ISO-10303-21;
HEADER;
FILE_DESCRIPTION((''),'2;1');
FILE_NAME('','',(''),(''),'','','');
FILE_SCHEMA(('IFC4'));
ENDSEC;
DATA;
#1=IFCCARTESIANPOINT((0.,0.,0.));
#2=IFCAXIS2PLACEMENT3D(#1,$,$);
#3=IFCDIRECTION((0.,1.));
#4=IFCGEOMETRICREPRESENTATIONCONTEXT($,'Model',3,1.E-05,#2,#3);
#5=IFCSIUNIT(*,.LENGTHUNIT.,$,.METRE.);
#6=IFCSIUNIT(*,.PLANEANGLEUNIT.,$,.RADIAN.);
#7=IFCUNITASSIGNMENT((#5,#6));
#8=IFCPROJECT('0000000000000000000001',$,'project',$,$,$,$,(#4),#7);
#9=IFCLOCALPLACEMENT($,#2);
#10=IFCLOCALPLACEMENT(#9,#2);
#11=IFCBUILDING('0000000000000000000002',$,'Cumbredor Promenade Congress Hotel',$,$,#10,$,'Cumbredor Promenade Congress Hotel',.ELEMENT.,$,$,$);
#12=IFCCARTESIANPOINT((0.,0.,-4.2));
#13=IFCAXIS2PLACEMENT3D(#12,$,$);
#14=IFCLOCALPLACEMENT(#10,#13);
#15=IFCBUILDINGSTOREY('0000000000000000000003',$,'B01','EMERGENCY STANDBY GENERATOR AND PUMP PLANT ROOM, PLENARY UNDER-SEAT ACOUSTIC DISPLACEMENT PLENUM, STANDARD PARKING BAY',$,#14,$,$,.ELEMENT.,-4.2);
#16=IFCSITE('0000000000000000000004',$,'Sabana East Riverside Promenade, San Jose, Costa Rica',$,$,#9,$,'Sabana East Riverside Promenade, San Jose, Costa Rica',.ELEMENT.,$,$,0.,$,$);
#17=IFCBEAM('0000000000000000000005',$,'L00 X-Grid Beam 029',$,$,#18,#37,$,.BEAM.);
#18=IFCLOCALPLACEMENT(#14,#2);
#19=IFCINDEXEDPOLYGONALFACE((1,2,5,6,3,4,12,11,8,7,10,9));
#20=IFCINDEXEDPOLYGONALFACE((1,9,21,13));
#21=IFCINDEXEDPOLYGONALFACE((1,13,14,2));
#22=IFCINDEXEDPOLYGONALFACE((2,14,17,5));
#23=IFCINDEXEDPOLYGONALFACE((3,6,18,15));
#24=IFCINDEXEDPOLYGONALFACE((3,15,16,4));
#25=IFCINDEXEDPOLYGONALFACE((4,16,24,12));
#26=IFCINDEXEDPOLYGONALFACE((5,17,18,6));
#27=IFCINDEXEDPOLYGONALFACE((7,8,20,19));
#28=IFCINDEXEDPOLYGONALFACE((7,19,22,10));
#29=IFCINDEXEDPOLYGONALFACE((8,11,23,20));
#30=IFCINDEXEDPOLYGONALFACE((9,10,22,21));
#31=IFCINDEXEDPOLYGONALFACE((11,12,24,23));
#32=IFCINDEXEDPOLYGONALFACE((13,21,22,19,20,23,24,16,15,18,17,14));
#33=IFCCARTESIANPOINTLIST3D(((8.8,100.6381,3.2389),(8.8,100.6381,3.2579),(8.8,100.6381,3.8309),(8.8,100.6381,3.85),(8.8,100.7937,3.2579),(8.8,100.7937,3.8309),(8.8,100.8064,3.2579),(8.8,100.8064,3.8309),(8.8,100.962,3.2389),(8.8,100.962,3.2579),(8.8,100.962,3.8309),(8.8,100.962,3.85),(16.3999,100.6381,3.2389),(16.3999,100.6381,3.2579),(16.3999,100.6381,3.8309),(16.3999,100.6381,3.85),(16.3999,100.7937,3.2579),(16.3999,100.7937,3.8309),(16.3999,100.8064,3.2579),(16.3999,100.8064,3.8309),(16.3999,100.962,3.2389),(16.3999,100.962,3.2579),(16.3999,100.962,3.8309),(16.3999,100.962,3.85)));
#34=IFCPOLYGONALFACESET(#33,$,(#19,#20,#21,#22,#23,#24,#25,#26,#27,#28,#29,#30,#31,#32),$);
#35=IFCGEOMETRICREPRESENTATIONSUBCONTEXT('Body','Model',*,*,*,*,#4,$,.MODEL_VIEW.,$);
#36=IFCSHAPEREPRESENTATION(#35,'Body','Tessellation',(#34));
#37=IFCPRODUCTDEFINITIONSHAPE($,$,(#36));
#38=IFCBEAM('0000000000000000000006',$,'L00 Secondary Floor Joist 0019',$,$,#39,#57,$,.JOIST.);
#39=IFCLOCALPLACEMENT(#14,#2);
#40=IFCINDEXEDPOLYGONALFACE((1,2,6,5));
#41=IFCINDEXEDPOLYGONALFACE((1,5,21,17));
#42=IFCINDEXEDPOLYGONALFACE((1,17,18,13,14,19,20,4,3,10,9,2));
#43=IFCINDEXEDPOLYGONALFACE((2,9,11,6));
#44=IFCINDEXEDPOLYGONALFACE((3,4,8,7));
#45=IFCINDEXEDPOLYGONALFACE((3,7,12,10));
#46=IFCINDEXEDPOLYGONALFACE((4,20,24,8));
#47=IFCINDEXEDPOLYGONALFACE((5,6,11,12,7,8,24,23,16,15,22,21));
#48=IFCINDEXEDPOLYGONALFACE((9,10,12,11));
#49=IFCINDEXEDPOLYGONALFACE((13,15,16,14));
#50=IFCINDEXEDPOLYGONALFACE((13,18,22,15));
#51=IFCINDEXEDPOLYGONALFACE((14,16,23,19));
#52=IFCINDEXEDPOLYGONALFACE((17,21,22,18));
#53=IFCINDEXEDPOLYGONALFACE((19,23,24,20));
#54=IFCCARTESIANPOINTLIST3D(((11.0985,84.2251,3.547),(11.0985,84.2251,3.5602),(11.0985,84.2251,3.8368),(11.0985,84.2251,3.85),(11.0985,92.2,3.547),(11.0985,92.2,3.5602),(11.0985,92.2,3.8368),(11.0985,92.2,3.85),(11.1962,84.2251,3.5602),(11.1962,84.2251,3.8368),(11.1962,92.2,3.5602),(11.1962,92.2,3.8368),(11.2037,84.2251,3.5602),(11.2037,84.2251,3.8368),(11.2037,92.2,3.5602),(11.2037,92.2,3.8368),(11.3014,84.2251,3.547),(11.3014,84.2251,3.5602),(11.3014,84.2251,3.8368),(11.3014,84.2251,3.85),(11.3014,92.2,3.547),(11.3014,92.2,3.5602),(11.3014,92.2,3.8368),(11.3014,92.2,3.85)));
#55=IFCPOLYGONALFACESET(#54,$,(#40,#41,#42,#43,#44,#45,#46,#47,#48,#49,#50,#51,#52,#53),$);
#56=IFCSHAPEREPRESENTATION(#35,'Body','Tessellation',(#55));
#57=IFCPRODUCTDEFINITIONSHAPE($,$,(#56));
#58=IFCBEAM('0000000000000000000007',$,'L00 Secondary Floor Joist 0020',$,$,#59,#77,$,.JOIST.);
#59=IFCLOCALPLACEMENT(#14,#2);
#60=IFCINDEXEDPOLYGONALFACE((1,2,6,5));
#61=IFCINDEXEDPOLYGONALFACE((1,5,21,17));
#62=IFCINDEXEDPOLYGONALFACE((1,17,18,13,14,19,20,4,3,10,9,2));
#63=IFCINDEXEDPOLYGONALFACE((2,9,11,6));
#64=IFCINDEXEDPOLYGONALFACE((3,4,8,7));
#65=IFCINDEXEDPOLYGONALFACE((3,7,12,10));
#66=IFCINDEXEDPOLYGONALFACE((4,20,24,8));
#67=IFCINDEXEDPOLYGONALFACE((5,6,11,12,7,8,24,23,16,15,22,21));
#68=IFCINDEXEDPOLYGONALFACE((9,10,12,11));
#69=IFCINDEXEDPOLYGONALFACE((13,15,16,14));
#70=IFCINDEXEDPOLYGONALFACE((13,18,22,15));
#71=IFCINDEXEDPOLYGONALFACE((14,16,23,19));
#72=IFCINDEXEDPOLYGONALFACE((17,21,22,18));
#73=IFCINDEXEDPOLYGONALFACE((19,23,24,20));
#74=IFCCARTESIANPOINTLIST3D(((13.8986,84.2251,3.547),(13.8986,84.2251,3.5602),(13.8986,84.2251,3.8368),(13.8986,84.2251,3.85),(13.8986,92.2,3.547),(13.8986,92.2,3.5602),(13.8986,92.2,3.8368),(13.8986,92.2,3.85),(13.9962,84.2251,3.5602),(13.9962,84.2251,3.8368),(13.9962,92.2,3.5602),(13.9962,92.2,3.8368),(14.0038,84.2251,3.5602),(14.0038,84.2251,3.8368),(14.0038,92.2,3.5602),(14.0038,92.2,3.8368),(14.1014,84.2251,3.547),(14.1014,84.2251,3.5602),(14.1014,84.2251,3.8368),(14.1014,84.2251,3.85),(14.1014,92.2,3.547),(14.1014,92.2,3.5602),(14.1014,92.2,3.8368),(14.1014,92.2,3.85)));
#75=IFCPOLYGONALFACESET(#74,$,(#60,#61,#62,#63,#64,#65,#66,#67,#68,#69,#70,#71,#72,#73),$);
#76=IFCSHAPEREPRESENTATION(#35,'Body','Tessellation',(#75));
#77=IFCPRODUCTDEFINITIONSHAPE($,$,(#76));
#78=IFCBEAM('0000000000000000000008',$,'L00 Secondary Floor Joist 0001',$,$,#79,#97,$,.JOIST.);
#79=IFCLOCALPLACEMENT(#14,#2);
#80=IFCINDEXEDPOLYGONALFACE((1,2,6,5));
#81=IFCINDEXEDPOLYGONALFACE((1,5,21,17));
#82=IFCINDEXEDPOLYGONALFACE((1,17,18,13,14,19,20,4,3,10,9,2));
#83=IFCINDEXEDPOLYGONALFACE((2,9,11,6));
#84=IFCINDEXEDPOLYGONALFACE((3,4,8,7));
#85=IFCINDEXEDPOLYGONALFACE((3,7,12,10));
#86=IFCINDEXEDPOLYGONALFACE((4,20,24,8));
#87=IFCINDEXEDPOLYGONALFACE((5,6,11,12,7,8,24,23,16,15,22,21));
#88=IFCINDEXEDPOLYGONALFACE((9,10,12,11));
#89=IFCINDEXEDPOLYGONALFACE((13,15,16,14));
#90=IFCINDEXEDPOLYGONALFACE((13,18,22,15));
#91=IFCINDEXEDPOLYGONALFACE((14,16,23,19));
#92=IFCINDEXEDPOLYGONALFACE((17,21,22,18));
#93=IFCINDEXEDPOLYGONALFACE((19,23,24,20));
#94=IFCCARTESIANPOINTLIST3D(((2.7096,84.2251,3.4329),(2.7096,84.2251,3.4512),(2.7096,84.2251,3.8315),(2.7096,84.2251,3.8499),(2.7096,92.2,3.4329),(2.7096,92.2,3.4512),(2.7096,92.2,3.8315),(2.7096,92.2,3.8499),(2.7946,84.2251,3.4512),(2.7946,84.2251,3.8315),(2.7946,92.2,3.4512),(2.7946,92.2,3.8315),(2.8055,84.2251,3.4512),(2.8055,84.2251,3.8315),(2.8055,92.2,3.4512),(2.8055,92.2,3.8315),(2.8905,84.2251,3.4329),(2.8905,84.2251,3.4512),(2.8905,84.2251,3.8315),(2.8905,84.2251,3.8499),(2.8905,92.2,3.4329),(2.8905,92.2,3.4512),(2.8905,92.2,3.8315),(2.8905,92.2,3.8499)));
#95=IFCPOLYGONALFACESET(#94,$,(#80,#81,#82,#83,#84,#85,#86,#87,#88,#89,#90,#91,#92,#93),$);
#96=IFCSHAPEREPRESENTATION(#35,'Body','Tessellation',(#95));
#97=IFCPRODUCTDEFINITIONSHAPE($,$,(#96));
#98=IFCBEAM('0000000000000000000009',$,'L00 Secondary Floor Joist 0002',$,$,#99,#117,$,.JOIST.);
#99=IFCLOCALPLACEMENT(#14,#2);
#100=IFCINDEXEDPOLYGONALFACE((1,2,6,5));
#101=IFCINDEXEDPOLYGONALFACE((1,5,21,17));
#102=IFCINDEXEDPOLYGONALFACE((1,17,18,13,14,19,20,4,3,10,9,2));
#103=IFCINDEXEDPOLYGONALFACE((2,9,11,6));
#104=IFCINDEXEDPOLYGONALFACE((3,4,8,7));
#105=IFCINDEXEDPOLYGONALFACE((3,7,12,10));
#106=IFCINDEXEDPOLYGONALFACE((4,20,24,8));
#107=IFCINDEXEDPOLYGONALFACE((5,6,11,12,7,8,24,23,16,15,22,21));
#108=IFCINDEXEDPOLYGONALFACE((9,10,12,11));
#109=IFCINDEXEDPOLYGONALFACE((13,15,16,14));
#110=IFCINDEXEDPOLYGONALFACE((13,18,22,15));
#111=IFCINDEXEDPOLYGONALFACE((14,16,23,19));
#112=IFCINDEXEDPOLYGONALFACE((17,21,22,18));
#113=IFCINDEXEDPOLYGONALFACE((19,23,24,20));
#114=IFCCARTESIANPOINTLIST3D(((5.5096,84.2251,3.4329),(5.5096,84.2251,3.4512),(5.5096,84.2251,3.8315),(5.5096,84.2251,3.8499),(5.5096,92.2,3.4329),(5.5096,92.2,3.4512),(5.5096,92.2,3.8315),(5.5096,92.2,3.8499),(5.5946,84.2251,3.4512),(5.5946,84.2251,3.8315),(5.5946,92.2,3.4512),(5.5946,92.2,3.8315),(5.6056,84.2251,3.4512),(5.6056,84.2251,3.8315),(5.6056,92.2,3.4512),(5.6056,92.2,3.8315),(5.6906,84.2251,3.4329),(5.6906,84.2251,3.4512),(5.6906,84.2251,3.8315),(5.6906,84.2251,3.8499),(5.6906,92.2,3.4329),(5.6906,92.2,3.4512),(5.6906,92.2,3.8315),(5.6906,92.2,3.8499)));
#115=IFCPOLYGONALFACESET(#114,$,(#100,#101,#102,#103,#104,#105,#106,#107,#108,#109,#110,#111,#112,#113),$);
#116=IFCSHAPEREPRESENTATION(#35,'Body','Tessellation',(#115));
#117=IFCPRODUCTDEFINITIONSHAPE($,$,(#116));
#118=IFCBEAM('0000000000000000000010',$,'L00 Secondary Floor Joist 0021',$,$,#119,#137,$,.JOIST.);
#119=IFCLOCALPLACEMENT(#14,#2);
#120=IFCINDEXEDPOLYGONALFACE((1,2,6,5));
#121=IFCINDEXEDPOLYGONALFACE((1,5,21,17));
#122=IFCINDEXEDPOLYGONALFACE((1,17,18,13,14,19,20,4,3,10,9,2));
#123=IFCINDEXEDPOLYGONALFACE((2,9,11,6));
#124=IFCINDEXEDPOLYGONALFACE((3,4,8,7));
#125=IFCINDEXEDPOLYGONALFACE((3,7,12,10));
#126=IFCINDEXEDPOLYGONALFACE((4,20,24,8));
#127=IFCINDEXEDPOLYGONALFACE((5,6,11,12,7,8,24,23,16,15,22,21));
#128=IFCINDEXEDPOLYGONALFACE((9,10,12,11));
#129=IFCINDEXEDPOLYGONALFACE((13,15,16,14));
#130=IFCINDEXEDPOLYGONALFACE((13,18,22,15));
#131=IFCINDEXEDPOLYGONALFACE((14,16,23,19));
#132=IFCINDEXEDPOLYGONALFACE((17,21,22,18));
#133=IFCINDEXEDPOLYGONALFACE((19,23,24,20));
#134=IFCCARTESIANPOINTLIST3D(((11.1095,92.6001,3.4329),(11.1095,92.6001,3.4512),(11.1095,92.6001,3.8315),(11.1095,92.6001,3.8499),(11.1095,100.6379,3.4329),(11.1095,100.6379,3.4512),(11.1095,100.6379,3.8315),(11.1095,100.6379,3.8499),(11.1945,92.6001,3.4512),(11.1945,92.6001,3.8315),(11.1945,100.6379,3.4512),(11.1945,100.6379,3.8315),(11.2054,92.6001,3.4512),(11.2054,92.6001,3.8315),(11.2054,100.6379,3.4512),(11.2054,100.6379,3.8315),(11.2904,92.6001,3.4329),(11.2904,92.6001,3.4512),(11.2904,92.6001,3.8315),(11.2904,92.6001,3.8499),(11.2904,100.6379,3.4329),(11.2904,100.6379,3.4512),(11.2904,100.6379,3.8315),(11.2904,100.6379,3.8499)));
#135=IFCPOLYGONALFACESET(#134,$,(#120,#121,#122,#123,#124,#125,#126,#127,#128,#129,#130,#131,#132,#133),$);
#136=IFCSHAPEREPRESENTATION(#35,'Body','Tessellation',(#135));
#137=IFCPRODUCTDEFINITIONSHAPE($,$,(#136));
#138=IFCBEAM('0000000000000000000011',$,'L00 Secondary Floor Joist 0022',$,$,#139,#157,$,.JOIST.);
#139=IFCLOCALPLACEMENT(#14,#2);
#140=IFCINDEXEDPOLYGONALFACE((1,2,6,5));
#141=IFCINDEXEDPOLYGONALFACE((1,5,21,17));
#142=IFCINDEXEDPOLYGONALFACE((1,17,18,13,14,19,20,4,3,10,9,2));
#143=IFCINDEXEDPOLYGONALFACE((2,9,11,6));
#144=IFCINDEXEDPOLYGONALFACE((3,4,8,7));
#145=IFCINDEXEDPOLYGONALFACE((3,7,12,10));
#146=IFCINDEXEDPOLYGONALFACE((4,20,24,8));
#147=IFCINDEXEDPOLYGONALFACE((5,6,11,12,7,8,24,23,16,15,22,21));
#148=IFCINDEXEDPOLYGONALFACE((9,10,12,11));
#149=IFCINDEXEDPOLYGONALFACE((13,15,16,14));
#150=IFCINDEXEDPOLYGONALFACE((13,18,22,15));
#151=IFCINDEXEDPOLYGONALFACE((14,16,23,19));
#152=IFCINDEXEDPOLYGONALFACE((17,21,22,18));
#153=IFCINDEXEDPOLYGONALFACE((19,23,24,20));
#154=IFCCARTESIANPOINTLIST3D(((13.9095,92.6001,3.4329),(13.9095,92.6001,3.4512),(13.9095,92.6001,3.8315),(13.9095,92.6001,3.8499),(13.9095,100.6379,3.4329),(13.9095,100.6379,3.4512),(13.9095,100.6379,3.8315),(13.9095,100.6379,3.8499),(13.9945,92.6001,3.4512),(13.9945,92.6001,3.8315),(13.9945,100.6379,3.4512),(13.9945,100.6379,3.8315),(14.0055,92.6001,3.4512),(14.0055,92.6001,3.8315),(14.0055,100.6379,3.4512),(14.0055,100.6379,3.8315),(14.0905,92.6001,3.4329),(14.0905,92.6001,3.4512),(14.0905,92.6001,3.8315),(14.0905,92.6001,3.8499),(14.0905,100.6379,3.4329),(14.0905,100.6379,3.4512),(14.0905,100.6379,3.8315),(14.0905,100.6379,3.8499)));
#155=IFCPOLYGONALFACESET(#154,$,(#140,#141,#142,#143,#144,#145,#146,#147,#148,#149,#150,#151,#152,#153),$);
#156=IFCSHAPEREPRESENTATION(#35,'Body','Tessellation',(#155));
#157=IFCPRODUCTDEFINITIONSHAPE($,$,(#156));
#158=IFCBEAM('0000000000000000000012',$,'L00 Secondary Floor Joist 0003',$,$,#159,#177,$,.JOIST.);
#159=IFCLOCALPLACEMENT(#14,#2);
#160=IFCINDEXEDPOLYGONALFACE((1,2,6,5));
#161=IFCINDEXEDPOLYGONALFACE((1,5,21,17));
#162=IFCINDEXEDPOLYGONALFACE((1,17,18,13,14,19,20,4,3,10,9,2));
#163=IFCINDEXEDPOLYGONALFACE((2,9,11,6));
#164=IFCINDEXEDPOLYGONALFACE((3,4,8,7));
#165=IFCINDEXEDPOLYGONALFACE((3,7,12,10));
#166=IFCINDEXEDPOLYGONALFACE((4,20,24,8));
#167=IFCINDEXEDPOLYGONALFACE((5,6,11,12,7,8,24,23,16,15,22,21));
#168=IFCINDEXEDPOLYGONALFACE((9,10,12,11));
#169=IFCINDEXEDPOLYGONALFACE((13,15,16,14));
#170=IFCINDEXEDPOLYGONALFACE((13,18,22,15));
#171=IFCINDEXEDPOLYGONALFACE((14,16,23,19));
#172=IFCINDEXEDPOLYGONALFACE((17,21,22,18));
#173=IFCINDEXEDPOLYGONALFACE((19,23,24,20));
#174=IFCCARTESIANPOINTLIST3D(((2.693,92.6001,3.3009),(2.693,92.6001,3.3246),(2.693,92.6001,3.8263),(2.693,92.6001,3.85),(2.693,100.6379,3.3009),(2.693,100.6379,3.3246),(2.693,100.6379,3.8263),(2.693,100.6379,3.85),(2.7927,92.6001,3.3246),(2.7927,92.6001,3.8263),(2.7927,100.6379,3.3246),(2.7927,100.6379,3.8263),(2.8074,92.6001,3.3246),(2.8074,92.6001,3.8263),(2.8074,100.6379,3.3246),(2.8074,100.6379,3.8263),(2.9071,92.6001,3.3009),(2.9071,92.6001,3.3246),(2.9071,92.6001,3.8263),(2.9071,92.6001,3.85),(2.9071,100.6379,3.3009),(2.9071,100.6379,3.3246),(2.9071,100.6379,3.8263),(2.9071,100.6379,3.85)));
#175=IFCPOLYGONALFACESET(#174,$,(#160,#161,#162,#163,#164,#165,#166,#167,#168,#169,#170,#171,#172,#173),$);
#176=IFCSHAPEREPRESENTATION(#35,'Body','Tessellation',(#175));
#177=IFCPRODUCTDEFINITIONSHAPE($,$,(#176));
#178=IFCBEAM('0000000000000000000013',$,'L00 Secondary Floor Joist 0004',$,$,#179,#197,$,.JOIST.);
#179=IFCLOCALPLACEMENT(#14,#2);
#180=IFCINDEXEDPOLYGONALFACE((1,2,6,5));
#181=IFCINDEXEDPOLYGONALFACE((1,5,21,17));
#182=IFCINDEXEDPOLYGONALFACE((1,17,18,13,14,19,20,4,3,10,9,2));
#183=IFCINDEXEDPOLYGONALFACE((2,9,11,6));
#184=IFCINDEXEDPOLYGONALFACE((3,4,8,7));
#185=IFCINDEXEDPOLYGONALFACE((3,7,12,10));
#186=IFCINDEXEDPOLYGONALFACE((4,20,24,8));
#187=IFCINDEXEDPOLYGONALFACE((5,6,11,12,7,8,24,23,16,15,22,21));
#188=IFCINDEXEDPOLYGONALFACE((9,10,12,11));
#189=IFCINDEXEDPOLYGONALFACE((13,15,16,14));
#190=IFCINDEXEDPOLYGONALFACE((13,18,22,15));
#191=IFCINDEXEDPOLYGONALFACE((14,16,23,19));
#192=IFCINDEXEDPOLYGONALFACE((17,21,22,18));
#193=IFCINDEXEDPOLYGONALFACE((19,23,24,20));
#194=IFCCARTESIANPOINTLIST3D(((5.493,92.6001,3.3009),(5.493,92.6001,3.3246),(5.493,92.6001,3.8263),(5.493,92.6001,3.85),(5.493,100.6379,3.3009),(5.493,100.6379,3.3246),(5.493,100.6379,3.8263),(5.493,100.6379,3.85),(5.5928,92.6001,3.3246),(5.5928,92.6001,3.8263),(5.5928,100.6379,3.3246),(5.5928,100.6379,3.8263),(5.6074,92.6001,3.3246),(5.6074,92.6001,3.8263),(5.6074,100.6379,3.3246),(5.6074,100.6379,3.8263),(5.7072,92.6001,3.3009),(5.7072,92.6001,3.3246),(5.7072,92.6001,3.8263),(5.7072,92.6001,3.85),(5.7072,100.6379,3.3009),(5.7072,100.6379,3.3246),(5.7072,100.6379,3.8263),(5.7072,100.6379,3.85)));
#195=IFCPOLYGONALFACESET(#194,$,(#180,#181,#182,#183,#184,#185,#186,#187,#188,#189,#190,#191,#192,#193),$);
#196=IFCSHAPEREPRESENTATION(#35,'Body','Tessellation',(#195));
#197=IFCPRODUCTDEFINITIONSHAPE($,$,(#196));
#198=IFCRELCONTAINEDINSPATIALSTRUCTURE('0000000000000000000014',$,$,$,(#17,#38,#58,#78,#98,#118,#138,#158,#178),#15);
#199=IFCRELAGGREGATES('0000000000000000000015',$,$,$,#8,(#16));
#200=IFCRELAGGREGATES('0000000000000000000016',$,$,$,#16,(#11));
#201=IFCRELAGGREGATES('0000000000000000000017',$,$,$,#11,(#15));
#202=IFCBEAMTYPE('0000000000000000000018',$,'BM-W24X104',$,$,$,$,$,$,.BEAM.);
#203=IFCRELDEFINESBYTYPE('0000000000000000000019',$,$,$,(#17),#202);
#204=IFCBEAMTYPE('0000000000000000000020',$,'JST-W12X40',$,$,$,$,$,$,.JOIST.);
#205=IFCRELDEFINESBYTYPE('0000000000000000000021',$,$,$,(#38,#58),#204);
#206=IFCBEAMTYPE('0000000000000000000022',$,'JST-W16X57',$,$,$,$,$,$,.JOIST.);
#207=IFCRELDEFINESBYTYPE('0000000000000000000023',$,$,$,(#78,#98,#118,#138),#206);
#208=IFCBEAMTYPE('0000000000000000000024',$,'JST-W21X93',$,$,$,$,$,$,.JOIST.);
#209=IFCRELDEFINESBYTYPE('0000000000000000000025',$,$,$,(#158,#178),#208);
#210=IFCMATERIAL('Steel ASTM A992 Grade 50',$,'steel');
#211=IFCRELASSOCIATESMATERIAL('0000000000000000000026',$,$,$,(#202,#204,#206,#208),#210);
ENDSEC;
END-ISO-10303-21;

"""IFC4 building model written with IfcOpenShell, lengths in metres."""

from ifc_helpers import new_model, si_unit, direction, frame, origin, origin_2d, place, context, subcontext, project, spatial, i_section, extrude, material, material_profile, profile_set, type_object, element, save


model = new_model("IFC4")

# Units and contexts
model_context = context("Model", 3, precision=1e-05, world=origin(), true_north=direction((0.0, 1.0)))
body_context = subcontext(model_context, "Body", "Model", "MODEL_VIEW")
ifc_project = project(units=[si_unit("LENGTHUNIT", "METRE"), si_unit("PLANEANGLEUNIT", "RADIAN")], contexts=[model_context])

# Site, building, storey
site_placement = place(None, origin())
site = spatial("IfcSite", under=ifc_project, at=site_placement, Name="Sabana East Riverside Promenade, San Jose, Costa Rica", LongName="Sabana East Riverside Promenade, San Jose, Costa Rica", CompositionType="ELEMENT", RefElevation=0.0)
building_placement = place(site_placement, origin())
building = spatial("IfcBuilding", under=site, at=building_placement, Name="Cumbredor Promenade Congress Hotel", LongName="Cumbredor Promenade Congress Hotel", CompositionType="ELEMENT")
storey_placement = place(building_placement, frame((0.0, 0.0, -4.2)))
storey = spatial("IfcBuildingStorey", under=building, at=storey_placement, Name="B01", Description="EMERGENCY STANDBY GENERATOR AND PUMP PLANT ROOM, PLENARY UNDER-SEAT ACOUSTIC DISPLACEMENT PLENUM, STANDARD PARKING BAY", CompositionType="ELEMENT", Elevation=-4.2)

# Beams
ifc_material_1 = material(Name="Steel ASTM A992 Grade 50", Category="steel")
ifc_material_profile_1 = material_profile(ifc_material_1, i_section(OverallWidth=0.324, OverallDepth=0.6111, WebThickness=0.0127, FlangeThickness=0.019, at=origin_2d()), Name="W24X104")
ifc_profile_set_1 = profile_set([ifc_material_profile_1], Name="Steel ASTM A992 Grade 50")
beam_type_1 = type_object("IfcBeamType", Name="BM-W24X104", PredefinedType="BEAM", material=ifc_profile_set_1)
beam_1_placement = place(storey_placement, frame((8.8, 100.8, 3.5444), z_axis=(1.0, 0.0, 0.0), x_axis=(0.0, 1.0, 0.0)))
element("IfcBeam", 1, at=beam_1_placement, inside=storey, type_object=beam_type_1, Name="L00 X-Grid Beam 029", PredefinedType="BEAM", context=body_context, shape_type="SweptSolid", body=[
    extrude(i_section(OverallWidth=0.324, OverallDepth=0.6111, WebThickness=0.0127, FlangeThickness=0.019, at=origin_2d()), origin(), (0.0, 0.0, 1.0), 7.5999),
])
ifc_material_profile_2 = material_profile(ifc_material_1, i_section(OverallWidth=0.2029, OverallDepth=0.303, WebThickness=0.0076, FlangeThickness=0.0132, at=origin_2d()), Name="W12X40")
ifc_profile_set_2 = profile_set([ifc_material_profile_2], Name="Steel ASTM A992 Grade 50")
beam_type_2 = type_object("IfcBeamType", Name="JST-W12X40", PredefinedType="JOIST", material=ifc_profile_set_2)
for number, where, z_axis, x_axis, name in (
    (2, (11.2, 84.2251, 3.6985), (0.0, 1.0, 0.0), (-1.0, 0.0, 0.0), "L00 Secondary Floor Joist 0019"),
    (3, (14.0, 84.2251, 3.6985), (0.0, 1.0, 0.0), (-1.0, 0.0, 0.0), "L00 Secondary Floor Joist 0020"),
):
    element("IfcBeam", number, at=place(storey_placement, frame(where, z_axis=z_axis, x_axis=x_axis)), inside=storey, type_object=beam_type_2, Name=name, PredefinedType="JOIST", context=body_context, shape_type="SweptSolid", body=[
        extrude(i_section(OverallWidth=0.2029, OverallDepth=0.303, WebThickness=0.0076, FlangeThickness=0.0132, at=origin_2d()), origin(), (0.0, 0.0, 1.0), 7.9749),
    ])
ifc_material_profile_3 = material_profile(ifc_material_1, i_section(OverallWidth=0.1809, OverallDepth=0.417, WebThickness=0.011, FlangeThickness=0.0183, at=origin_2d()), Name="W16X57")
ifc_profile_set_3 = profile_set([ifc_material_profile_3], Name="Steel ASTM A992 Grade 50")
beam_type_3 = type_object("IfcBeamType", Name="JST-W16X57", PredefinedType="JOIST", material=ifc_profile_set_3)
for number, where, z_axis, x_axis, name in (
    (4, (2.8, 84.2251, 3.6414), (0.0, 1.0, 0.0), (-1.0, 0.0, 0.0), "L00 Secondary Floor Joist 0001"),
    (5, (5.6001, 84.2251, 3.6414), (0.0, 1.0, 0.0), (-1.0, 0.0, 0.0), "L00 Secondary Floor Joist 0002"),
):
    element("IfcBeam", number, at=place(storey_placement, frame(where, z_axis=z_axis, x_axis=x_axis)), inside=storey, type_object=beam_type_3, Name=name, PredefinedType="JOIST", context=body_context, shape_type="SweptSolid", body=[
        extrude(i_section(OverallWidth=0.1809, OverallDepth=0.417, WebThickness=0.011, FlangeThickness=0.0183, at=origin_2d()), origin(), (0.0, 0.0, 1.0), 7.9749),
    ])
for number, where, z_axis, x_axis, name in (
    (6, (11.2, 92.6001, 3.6414), (0.0, 1.0, 0.0), (-1.0, 0.0, 0.0), "L00 Secondary Floor Joist 0021"),
    (7, (14.0, 92.6001, 3.6414), (0.0, 1.0, 0.0), (-1.0, 0.0, 0.0), "L00 Secondary Floor Joist 0022"),
):
    element("IfcBeam", number, at=place(storey_placement, frame(where, z_axis=z_axis, x_axis=x_axis)), inside=storey, type_object=beam_type_3, Name=name, PredefinedType="JOIST", context=body_context, shape_type="SweptSolid", body=[
        extrude(i_section(OverallWidth=0.1809, OverallDepth=0.417, WebThickness=0.011, FlangeThickness=0.0183, at=origin_2d()), origin(), (0.0, 0.0, 1.0), 8.0378),
    ])
ifc_material_profile_4 = material_profile(ifc_material_1, i_section(OverallWidth=0.2141, OverallDepth=0.5491, WebThickness=0.0146, FlangeThickness=0.0237, at=origin_2d()), Name="W21X93")
ifc_profile_set_4 = profile_set([ifc_material_profile_4], Name="Steel ASTM A992 Grade 50")
beam_type_4 = type_object("IfcBeamType", Name="JST-W21X93", PredefinedType="JOIST", material=ifc_profile_set_4)
for number, where, z_axis, x_axis, name in (
    (8, (2.8, 92.6001, 3.5754), (0.0, 1.0, 0.0), (-1.0, 0.0, 0.0), "L00 Secondary Floor Joist 0003"),
    (9, (5.6001, 92.6001, 3.5754), (0.0, 1.0, 0.0), (-1.0, 0.0, 0.0), "L00 Secondary Floor Joist 0004"),
):
    element("IfcBeam", number, at=place(storey_placement, frame(where, z_axis=z_axis, x_axis=x_axis)), inside=storey, type_object=beam_type_4, Name=name, PredefinedType="JOIST", context=body_context, shape_type="SweptSolid", body=[
        extrude(i_section(OverallWidth=0.2141, OverallDepth=0.5491, WebThickness=0.0146, FlangeThickness=0.0237, at=origin_2d()), origin(), (0.0, 0.0, 1.0), 8.0378),
    ])

save(model, "model.ifc")
